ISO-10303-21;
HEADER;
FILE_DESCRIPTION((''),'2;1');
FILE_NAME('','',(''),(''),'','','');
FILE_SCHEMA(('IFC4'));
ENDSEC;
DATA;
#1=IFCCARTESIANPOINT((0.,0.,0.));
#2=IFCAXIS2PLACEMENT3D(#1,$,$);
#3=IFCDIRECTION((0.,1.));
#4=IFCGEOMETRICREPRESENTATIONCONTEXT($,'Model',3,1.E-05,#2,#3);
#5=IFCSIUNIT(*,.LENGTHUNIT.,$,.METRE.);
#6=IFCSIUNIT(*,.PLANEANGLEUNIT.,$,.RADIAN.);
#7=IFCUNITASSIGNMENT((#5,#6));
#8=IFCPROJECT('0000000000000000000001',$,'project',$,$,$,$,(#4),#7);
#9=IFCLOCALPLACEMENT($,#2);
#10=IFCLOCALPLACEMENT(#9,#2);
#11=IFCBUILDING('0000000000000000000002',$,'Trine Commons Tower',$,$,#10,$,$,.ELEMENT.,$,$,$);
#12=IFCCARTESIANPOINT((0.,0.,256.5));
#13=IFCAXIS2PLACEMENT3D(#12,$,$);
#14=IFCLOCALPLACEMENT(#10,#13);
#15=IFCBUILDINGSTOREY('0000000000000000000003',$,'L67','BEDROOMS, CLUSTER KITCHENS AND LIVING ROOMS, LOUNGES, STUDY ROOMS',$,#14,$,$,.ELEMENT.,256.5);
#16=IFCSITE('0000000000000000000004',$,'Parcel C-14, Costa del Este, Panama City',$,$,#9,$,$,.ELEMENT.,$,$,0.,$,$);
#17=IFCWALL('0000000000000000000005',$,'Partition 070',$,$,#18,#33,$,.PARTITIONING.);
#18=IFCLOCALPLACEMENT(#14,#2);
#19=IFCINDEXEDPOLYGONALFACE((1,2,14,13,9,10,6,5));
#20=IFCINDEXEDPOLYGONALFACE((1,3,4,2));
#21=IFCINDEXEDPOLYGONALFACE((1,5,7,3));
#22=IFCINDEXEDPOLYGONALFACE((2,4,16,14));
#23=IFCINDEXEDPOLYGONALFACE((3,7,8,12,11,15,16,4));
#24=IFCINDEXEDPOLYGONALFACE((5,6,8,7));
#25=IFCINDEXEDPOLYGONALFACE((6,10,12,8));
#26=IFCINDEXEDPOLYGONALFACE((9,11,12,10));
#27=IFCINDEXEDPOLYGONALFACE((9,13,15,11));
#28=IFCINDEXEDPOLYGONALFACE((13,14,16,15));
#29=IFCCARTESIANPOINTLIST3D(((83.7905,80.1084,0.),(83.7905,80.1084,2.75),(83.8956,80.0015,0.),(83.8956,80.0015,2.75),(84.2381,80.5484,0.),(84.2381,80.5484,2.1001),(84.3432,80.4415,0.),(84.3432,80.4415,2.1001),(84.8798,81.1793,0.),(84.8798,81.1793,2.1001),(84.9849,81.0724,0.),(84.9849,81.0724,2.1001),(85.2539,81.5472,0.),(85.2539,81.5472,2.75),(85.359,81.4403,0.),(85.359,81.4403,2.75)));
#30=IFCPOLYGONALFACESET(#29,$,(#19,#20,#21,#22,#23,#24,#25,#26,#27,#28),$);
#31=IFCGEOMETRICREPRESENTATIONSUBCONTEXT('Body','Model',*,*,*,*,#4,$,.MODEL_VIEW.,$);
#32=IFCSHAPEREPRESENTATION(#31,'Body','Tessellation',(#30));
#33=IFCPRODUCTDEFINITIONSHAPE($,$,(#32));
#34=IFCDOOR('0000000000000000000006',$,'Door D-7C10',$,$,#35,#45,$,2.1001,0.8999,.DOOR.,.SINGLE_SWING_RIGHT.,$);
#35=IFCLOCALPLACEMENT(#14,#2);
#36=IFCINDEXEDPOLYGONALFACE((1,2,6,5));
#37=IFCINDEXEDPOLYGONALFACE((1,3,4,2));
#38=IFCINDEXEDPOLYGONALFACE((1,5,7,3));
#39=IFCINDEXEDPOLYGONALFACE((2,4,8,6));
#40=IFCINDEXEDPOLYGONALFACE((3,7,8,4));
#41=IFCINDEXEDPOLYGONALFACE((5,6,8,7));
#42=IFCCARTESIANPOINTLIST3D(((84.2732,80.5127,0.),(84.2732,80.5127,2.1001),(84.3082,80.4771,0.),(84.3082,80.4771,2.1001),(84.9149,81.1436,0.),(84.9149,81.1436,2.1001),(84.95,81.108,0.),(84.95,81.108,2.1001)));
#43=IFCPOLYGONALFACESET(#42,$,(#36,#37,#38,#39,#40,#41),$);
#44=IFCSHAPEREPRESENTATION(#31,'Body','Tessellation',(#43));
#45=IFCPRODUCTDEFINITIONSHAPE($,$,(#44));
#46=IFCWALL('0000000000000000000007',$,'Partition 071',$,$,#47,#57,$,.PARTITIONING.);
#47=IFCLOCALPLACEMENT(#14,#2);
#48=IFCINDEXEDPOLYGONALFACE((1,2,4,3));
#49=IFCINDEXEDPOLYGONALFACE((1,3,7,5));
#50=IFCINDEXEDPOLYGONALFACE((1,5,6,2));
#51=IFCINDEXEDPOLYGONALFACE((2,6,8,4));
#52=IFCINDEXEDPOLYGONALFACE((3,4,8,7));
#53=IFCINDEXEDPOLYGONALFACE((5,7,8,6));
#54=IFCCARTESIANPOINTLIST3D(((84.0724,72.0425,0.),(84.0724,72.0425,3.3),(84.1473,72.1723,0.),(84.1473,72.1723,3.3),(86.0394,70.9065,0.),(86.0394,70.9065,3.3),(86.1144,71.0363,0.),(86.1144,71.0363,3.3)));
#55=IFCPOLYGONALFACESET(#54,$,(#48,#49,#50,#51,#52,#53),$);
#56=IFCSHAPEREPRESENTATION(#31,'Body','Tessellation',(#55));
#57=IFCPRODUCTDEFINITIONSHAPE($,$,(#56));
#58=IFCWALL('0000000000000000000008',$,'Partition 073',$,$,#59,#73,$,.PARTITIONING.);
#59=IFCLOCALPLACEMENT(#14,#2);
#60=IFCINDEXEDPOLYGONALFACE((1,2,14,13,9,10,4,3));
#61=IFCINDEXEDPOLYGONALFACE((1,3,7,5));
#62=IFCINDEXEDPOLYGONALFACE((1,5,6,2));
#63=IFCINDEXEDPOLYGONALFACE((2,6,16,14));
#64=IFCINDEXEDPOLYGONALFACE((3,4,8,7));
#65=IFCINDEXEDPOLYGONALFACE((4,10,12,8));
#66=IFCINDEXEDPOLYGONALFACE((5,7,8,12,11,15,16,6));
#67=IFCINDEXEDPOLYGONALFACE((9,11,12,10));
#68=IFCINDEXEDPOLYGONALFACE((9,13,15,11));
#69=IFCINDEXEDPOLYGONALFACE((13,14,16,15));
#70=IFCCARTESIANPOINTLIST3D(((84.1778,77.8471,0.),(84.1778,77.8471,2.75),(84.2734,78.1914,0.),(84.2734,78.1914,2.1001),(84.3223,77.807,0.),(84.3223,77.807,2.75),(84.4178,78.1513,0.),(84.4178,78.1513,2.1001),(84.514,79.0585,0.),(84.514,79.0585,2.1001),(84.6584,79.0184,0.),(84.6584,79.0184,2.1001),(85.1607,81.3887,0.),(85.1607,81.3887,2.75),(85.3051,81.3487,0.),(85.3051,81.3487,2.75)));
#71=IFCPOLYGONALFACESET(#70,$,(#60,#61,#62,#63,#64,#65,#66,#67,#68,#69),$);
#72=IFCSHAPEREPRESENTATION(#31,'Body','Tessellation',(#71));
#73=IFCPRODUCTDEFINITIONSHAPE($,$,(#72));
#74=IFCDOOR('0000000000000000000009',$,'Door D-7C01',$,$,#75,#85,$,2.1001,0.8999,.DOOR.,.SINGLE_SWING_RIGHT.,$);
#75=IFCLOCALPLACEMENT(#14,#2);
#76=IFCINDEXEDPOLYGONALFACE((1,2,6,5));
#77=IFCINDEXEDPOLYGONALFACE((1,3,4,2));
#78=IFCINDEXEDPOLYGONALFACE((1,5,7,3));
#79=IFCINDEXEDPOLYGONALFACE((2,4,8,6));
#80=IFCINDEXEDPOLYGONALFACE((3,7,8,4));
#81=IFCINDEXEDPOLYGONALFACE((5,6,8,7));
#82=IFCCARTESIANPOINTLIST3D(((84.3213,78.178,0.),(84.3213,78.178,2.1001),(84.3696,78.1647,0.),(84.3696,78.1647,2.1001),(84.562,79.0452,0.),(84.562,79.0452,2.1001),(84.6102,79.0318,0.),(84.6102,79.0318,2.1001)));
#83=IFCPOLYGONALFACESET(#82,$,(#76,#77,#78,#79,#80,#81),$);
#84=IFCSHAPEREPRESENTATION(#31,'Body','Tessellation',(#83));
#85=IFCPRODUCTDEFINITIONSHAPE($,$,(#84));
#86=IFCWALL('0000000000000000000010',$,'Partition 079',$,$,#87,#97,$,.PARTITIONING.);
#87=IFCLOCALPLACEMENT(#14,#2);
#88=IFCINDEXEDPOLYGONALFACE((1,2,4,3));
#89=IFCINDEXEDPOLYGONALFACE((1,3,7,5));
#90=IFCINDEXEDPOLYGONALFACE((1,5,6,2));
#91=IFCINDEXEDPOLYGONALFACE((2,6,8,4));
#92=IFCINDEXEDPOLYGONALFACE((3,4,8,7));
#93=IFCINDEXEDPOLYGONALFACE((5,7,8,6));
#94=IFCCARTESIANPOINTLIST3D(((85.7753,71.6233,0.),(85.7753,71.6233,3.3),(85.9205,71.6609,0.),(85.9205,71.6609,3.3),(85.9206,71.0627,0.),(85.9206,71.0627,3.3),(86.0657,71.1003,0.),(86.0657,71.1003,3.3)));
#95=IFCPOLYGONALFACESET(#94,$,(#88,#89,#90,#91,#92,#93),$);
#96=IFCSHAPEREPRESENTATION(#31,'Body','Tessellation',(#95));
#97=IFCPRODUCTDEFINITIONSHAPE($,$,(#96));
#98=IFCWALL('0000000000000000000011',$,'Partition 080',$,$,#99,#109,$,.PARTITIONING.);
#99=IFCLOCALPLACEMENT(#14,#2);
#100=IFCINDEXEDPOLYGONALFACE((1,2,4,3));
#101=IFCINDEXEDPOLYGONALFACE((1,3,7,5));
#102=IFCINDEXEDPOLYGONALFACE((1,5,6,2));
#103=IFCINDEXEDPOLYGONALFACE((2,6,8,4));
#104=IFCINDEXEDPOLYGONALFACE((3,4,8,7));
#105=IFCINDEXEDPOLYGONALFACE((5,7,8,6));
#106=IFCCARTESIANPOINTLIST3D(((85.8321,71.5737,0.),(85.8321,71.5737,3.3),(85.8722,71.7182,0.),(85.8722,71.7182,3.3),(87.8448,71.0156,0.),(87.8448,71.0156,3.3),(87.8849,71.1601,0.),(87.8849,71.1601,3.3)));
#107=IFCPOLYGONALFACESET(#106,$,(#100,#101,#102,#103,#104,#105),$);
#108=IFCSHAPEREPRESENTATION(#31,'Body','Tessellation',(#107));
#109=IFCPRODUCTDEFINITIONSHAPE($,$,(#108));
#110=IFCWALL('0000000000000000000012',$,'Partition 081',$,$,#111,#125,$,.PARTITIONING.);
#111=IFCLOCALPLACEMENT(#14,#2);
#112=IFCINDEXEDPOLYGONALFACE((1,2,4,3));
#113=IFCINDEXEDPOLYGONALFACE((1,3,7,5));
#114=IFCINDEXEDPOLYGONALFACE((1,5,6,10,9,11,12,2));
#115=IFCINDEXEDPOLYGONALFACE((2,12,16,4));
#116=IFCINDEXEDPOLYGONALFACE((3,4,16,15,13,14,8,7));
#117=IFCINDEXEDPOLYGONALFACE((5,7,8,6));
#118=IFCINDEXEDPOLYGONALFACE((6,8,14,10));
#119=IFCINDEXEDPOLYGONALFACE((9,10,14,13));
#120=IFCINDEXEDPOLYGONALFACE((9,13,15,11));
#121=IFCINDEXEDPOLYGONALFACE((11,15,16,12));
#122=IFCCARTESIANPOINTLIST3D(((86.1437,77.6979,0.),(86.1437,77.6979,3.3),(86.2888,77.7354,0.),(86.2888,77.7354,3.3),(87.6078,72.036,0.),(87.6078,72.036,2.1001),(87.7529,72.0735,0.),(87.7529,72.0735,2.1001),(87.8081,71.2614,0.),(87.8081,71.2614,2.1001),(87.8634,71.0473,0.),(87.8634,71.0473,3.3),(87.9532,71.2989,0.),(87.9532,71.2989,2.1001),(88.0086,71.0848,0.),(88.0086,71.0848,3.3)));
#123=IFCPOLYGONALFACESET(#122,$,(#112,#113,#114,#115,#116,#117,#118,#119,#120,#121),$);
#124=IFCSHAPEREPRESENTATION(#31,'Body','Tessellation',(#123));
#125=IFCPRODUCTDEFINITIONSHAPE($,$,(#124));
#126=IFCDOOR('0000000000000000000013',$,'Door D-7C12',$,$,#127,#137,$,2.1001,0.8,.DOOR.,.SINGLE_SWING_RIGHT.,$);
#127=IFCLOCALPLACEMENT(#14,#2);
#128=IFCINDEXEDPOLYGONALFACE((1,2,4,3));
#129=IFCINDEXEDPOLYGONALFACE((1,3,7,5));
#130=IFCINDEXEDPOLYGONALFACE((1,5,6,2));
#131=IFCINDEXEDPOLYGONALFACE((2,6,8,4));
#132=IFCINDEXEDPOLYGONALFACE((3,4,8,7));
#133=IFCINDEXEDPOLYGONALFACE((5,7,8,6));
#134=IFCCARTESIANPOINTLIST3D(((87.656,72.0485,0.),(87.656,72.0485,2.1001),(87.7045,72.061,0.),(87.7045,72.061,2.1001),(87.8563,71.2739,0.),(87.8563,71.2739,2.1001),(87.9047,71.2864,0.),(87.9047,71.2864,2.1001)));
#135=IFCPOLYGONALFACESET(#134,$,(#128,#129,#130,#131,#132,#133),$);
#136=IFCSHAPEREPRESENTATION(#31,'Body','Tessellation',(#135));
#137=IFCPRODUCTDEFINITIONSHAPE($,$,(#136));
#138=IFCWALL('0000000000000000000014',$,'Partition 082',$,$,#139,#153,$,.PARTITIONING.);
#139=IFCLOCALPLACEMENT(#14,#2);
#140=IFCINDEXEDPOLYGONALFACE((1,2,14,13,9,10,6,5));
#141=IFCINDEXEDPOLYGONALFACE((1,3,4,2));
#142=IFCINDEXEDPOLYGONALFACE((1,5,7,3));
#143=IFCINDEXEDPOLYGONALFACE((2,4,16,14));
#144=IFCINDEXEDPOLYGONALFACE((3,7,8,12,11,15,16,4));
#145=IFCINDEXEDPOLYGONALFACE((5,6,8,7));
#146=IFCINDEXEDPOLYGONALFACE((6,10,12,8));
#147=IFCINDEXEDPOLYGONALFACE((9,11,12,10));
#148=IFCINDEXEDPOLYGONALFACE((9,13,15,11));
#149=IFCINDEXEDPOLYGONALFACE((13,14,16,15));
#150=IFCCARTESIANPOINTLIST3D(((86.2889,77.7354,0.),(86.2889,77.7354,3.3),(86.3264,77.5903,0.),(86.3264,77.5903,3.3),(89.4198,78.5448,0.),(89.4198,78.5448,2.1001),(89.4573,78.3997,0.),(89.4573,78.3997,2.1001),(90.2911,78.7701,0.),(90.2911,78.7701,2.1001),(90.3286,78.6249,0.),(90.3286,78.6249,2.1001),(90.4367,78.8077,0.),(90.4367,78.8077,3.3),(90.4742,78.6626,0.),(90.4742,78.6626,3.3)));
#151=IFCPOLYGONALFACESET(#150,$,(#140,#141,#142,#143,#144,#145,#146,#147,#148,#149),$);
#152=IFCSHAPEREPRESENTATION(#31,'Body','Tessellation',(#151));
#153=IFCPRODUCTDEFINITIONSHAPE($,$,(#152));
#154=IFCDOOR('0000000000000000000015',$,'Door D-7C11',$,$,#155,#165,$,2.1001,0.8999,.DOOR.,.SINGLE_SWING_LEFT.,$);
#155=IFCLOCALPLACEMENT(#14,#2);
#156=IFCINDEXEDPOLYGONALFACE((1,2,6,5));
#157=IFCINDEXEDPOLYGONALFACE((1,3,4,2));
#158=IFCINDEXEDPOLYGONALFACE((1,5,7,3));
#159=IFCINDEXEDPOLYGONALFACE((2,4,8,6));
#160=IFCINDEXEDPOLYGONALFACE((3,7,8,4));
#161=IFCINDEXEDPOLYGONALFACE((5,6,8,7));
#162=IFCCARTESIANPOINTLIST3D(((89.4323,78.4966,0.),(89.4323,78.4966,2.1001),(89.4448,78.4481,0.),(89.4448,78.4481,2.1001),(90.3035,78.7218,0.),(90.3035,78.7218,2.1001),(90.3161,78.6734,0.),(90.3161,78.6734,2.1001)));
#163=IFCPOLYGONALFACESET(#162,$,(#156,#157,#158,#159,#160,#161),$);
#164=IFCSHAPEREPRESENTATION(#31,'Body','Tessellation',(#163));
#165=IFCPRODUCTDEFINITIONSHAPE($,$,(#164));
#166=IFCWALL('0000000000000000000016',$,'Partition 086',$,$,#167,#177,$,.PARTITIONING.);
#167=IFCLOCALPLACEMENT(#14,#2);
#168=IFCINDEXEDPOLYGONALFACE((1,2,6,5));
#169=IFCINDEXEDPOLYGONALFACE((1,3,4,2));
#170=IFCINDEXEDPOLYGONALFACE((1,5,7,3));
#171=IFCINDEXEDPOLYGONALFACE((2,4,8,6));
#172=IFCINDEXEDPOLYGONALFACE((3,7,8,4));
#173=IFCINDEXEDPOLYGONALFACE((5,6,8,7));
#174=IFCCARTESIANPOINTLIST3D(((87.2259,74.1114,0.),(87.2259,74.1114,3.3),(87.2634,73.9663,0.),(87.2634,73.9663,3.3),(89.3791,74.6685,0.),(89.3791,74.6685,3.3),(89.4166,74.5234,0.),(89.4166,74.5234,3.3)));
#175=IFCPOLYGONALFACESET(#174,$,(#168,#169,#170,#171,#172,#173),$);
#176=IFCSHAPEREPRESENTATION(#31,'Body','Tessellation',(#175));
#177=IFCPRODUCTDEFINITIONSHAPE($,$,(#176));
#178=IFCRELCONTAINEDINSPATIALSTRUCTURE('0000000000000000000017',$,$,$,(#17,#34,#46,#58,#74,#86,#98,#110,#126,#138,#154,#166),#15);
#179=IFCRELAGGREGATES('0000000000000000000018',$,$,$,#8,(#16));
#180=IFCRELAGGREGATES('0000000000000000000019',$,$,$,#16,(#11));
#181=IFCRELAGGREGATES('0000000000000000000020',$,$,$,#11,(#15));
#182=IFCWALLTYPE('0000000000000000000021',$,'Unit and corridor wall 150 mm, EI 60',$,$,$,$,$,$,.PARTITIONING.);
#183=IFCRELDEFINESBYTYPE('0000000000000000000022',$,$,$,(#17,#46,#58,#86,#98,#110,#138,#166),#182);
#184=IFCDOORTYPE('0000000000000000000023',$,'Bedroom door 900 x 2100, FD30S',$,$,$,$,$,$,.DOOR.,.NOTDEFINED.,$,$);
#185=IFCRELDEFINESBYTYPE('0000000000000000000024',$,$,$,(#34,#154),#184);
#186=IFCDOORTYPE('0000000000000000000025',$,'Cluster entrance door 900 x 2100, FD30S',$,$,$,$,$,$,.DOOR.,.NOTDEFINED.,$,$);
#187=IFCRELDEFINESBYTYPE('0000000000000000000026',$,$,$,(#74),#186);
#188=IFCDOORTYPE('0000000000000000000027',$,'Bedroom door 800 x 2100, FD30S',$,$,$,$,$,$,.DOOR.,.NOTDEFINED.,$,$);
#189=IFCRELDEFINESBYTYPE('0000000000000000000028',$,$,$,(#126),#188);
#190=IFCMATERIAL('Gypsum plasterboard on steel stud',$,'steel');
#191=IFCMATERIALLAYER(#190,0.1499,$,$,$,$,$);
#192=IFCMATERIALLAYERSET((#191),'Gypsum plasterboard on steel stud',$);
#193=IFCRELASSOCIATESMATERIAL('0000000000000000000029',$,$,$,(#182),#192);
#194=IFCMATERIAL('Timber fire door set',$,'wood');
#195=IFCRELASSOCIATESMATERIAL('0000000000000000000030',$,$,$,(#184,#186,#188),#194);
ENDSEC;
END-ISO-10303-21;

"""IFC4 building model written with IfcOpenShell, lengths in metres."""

from ifc_helpers import new_model, si_unit, direction, frame, frame_2d, origin, place, context, subcontext, project, spatial, rectangle, extrude, material, layer, layer_set, type_object, element, fill, save


model = new_model("IFC4")

# Units and contexts
model_context = context("Model", 3, precision=1e-05, world=origin(), true_north=direction((0.0, 1.0)))
body_context = subcontext(model_context, "Body", "Model", "MODEL_VIEW")
ifc_project = project(units=[si_unit("LENGTHUNIT", "METRE"), si_unit("PLANEANGLEUNIT", "RADIAN")], contexts=[model_context])

# Site, building, storey
site_placement = place(None, origin())
site = spatial("IfcSite", under=ifc_project, at=site_placement, Name="Parcel C-14, Costa del Este, Panama City", CompositionType="ELEMENT", RefElevation=0.0)
building_placement = place(site_placement, origin())
building = spatial("IfcBuilding", under=site, at=building_placement, Name="Trine Commons Tower", CompositionType="ELEMENT")
storey_placement = place(building_placement, frame((0.0, 0.0, 256.5)))
storey = spatial("IfcBuildingStorey", under=building, at=storey_placement, Name="L67", Description="BEDROOMS, CLUSTER KITCHENS AND LIVING ROOMS, LOUNGES, STUDY ROOMS", CompositionType="ELEMENT", Elevation=256.5)

# Shared definitions
ifc_material_1 = material(Name="Gypsum plasterboard on steel stud", Category="steel")
ifc_layer_1 = layer(ifc_material_1, 0.1499)
ifc_layer_set_1 = layer_set([ifc_layer_1], Name="Gypsum plasterboard on steel stud")
wall_type_1 = type_object("IfcWallType", Name="Unit and corridor wall 150 mm, EI 60", PredefinedType="PARTITIONING", material=ifc_layer_set_1)

# Wall, opening, door
wall_1_placement = place(storey_placement, frame((83.843, 80.0549, 0.0), z_axis=(0.0, 0.0, 1.0), x_axis=(0.713089, 0.701073, 0.0)))
wall_1 = element("IfcWall", 1, at=wall_1_placement, inside=storey, type_object=wall_type_1, Name="Partition 070", PredefinedType="PARTITIONING", context=body_context, shape_type="SweptSolid", body=[
    extrude(rectangle(XDim=2.0522, YDim=0.1499, at=frame_2d((1.0261, 0.0))), origin(), (0.0, 0.0, 1.0), 2.75),
])
opening_1_placement = place(wall_1_placement, frame((0.6277, 0.0, 0.0)))
opening_1 = element("IfcOpeningElement", 2, at=opening_1_placement, cuts=wall_1, PredefinedType="OPENING", context=body_context, shape_type="SweptSolid", body=[
    extrude(rectangle(XDim=0.8999, YDim=2.1001, at=frame_2d((0.45, 1.05))), frame((0.0, 0.085, 0.0), z_axis=(0.0, -1.0, 0.0), x_axis=(1.0, 0.0, 0.0)), (0.0, 0.0, 1.0), 0.1699),
])
ifc_material_2 = material(Name="Timber fire door set", Category="wood")
door_type_1 = type_object("IfcDoorType", Name="Bedroom door 900 x 2100, FD30S", OperationType="NOTDEFINED", PredefinedType="DOOR", material=ifc_material_2)
door_1_placement = place(opening_1_placement, origin())
door_1 = element("IfcDoor", 3, at=door_1_placement, inside=storey, type_object=door_type_1, Name="Door D-7C10", OperationType="SINGLE_SWING_RIGHT", OverallHeight=2.1001, OverallWidth=0.8999, PredefinedType="DOOR", context=body_context, shape_type="SweptSolid", body=[
    extrude(rectangle(XDim=0.8999, YDim=2.1001, at=frame_2d((0.45, 1.05))), frame((0.0, 0.0249, 0.0), z_axis=(0.0, -1.0, 0.0), x_axis=(1.0, 0.0, 0.0)), (0.0, 0.0, 1.0), 0.05),
])
fill(opening_1, door_1)

# Wall
wall_2_placement = place(storey_placement, frame((84.1099, 72.1074, 0.0), z_axis=(0.0, 0.0, 1.0), x_axis=(0.865965, -0.500104, 0.0)))
element("IfcWall", 4, at=wall_2_placement, inside=storey, type_object=wall_type_1, Name="Partition 071", PredefinedType="PARTITIONING", context=body_context, shape_type="SweptSolid", body=[
    extrude(rectangle(XDim=2.2715, YDim=0.1499, at=frame_2d((1.1357, 0.0))), origin(), (0.0, 0.0, 1.0), 3.3),
])

# Wall, opening, door
wall_3_placement = place(storey_placement, frame((84.25, 77.8269, 0.0), z_axis=(0.0, 0.0, 1.0), x_axis=(0.267414, 0.963582, 0.0)))
wall_3 = element("IfcWall", 5, at=wall_3_placement, inside=storey, type_object=wall_type_1, Name="Partition 073", PredefinedType="PARTITIONING", context=body_context, shape_type="SweptSolid", body=[
    extrude(rectangle(XDim=3.6755, YDim=0.1499, at=frame_2d((1.8379, 0.0))), origin(), (0.0, 0.0, 1.0), 2.75),
])
opening_2_placement = place(wall_3_placement, frame((0.3574, 0.0, 0.0)))
opening_2 = element("IfcOpeningElement", 6, at=opening_2_placement, cuts=wall_3, PredefinedType="OPENING", context=body_context, shape_type="SweptSolid", body=[
    extrude(rectangle(XDim=0.8999, YDim=2.1001, at=frame_2d((0.45, 1.05))), frame((0.0, 0.085, 0.0), z_axis=(0.0, -1.0, 0.0), x_axis=(1.0, 0.0, 0.0)), (0.0, 0.0, 1.0), 0.1699),
])
door_type_2 = type_object("IfcDoorType", Name="Cluster entrance door 900 x 2100, FD30S", OperationType="NOTDEFINED", PredefinedType="DOOR", material=ifc_material_2)
door_2_placement = place(opening_2_placement, frame((0.8999, 0.0, 0.0), z_axis=(0.0, 0.0, 1.0), x_axis=(-1.0, 0.0, 0.0)))
door_2 = element("IfcDoor", 7, at=door_2_placement, inside=storey, type_object=door_type_2, Name="Door D-7C01", OperationType="SINGLE_SWING_RIGHT", OverallHeight=2.1001, OverallWidth=0.8999, PredefinedType="DOOR", context=body_context, shape_type="SweptSolid", body=[
    extrude(rectangle(XDim=0.8999, YDim=2.1001, at=frame_2d((0.45, 1.05))), frame((0.0, 0.0249, 0.0), z_axis=(0.0, -1.0, 0.0), x_axis=(1.0, 0.0, 0.0)), (0.0, 0.0, 1.0), 0.05),
])
fill(opening_2, door_2)

# Walls
wall_4_placement = place(storey_placement, frame((85.8479, 71.6421, 0.0), z_axis=(0.0, 0.0, 1.0), x_axis=(0.25086, -0.968023, 0.0)))
element("IfcWall", 8, at=wall_4_placement, inside=storey, type_object=wall_type_1, Name="Partition 079", PredefinedType="PARTITIONING", context=body_context, shape_type="SweptSolid", body=[
    extrude(rectangle(XDim=0.5791, YDim=0.1499, at=frame_2d((0.2896, 0.0))), origin(), (0.0, 0.0, 1.0), 3.3),
])
wall_5_placement = place(storey_placement, frame((85.8521, 71.646, 0.0), z_axis=(0.0, 0.0, 1.0), x_axis=(0.963638, -0.26721, 0.0)))
element("IfcWall", 9, at=wall_5_placement, inside=storey, type_object=wall_type_1, Name="Partition 080", PredefinedType="PARTITIONING", context=body_context, shape_type="SweptSolid", body=[
    extrude(rectangle(XDim=2.0886, YDim=0.1499, at=frame_2d((1.0444, 0.0))), origin(), (0.0, 0.0, 1.0), 3.3),
])

# Walls, openings, doors
wall_6_placement = place(storey_placement, frame((86.2163, 77.7166, 0.0), z_axis=(0.0, 0.0, 1.0), x_axis=(0.250347, -0.968156, 0.0)))
wall_6 = element("IfcWall", 10, at=wall_6_placement, inside=storey, type_object=wall_type_1, Name="Partition 081", PredefinedType="PARTITIONING", context=body_context, shape_type="SweptSolid", body=[
    extrude(rectangle(XDim=6.8694, YDim=0.1499, at=frame_2d((3.4346, 0.0))), origin(), (0.0, 0.0, 1.0), 3.3),
])
opening_3_placement = place(wall_6_placement, frame((5.8481, 0.0, 0.0)))
opening_3 = element("IfcOpeningElement", 11, at=opening_3_placement, cuts=wall_6, PredefinedType="OPENING", context=body_context, shape_type="SweptSolid", body=[
    extrude(rectangle(XDim=0.8, YDim=2.1001, at=frame_2d((0.3999, 1.05))), frame((0.0, 0.085, 0.0), z_axis=(0.0, -1.0, 0.0), x_axis=(1.0, 0.0, 0.0)), (0.0, 0.0, 1.0), 0.1699),
])
door_type_3 = type_object("IfcDoorType", Name="Bedroom door 800 x 2100, FD30S", OperationType="NOTDEFINED", PredefinedType="DOOR", material=ifc_material_2)
door_3_placement = place(opening_3_placement, origin())
door_3 = element("IfcDoor", 12, at=door_3_placement, inside=storey, type_object=door_type_3, Name="Door D-7C12", OperationType="SINGLE_SWING_RIGHT", OverallHeight=2.1001, OverallWidth=0.8, PredefinedType="DOOR", context=body_context, shape_type="SweptSolid", body=[
    extrude(rectangle(XDim=0.8, YDim=2.1001, at=frame_2d((0.3999, 1.05))), frame((0.0, 0.0249, 0.0), z_axis=(0.0, -1.0, 0.0), x_axis=(1.0, 0.0, 0.0)), (0.0, 0.0, 1.0), 0.05),
])
fill(opening_3, door_3)
wall_7_placement = place(storey_placement, frame((86.3076, 77.6628, 0.0), z_axis=(0.0, 0.0, 1.0), x_axis=(0.96817, 0.250292, 0.0)))
wall_7 = element("IfcWall", 13, at=wall_7_placement, inside=storey, type_object=wall_type_1, Name="Partition 082", PredefinedType="PARTITIONING", context=body_context, shape_type="SweptSolid", body=[
    extrude(rectangle(XDim=4.2842, YDim=0.1499, at=frame_2d((2.1421, 0.0))), origin(), (0.0, 0.0, 1.0), 3.3),
])
opening_4_placement = place(wall_7_placement, frame((3.2339, 0.0, 0.0)))
opening_4 = element("IfcOpeningElement", 14, at=opening_4_placement, cuts=wall_7, PredefinedType="OPENING", context=body_context, shape_type="SweptSolid", body=[
    extrude(rectangle(XDim=0.8999, YDim=2.1001, at=frame_2d((0.45, 1.05))), frame((0.0, 0.085, 0.0), z_axis=(0.0, -1.0, 0.0), x_axis=(1.0, 0.0, 0.0)), (0.0, 0.0, 1.0), 0.1699),
])
door_4_placement = place(opening_4_placement, frame((0.8999, 0.0, 0.0), z_axis=(0.0, 0.0, 1.0), x_axis=(-1.0, 0.0, 0.0)))
door_4 = element("IfcDoor", 15, at=door_4_placement, inside=storey, type_object=door_type_1, Name="Door D-7C11", OperationType="SINGLE_SWING_LEFT", OverallHeight=2.1001, OverallWidth=0.8999, PredefinedType="DOOR", context=body_context, shape_type="SweptSolid", body=[
    extrude(rectangle(XDim=0.8999, YDim=2.1001, at=frame_2d((0.45, 1.05))), frame((0.0, 0.0249, 0.0), z_axis=(0.0, -1.0, 0.0), x_axis=(1.0, 0.0, 0.0)), (0.0, 0.0, 1.0), 0.05),
])
fill(opening_4, door_4)

# Wall
wall_8_placement = place(storey_placement, frame((87.2446, 74.0388, 0.0), z_axis=(0.0, 0.0, 1.0), x_axis=(0.968121, 0.250482, 0.0)))
element("IfcWall", 16, at=wall_8_placement, inside=storey, type_object=wall_type_1, Name="Partition 086", PredefinedType="PARTITIONING", context=body_context, shape_type="SweptSolid", body=[
    extrude(rectangle(XDim=2.2241, YDim=0.1499, at=frame_2d((1.1121, 0.0))), origin(), (0.0, 0.0, 1.0), 3.3),
])

save(model, "model.ifc")
